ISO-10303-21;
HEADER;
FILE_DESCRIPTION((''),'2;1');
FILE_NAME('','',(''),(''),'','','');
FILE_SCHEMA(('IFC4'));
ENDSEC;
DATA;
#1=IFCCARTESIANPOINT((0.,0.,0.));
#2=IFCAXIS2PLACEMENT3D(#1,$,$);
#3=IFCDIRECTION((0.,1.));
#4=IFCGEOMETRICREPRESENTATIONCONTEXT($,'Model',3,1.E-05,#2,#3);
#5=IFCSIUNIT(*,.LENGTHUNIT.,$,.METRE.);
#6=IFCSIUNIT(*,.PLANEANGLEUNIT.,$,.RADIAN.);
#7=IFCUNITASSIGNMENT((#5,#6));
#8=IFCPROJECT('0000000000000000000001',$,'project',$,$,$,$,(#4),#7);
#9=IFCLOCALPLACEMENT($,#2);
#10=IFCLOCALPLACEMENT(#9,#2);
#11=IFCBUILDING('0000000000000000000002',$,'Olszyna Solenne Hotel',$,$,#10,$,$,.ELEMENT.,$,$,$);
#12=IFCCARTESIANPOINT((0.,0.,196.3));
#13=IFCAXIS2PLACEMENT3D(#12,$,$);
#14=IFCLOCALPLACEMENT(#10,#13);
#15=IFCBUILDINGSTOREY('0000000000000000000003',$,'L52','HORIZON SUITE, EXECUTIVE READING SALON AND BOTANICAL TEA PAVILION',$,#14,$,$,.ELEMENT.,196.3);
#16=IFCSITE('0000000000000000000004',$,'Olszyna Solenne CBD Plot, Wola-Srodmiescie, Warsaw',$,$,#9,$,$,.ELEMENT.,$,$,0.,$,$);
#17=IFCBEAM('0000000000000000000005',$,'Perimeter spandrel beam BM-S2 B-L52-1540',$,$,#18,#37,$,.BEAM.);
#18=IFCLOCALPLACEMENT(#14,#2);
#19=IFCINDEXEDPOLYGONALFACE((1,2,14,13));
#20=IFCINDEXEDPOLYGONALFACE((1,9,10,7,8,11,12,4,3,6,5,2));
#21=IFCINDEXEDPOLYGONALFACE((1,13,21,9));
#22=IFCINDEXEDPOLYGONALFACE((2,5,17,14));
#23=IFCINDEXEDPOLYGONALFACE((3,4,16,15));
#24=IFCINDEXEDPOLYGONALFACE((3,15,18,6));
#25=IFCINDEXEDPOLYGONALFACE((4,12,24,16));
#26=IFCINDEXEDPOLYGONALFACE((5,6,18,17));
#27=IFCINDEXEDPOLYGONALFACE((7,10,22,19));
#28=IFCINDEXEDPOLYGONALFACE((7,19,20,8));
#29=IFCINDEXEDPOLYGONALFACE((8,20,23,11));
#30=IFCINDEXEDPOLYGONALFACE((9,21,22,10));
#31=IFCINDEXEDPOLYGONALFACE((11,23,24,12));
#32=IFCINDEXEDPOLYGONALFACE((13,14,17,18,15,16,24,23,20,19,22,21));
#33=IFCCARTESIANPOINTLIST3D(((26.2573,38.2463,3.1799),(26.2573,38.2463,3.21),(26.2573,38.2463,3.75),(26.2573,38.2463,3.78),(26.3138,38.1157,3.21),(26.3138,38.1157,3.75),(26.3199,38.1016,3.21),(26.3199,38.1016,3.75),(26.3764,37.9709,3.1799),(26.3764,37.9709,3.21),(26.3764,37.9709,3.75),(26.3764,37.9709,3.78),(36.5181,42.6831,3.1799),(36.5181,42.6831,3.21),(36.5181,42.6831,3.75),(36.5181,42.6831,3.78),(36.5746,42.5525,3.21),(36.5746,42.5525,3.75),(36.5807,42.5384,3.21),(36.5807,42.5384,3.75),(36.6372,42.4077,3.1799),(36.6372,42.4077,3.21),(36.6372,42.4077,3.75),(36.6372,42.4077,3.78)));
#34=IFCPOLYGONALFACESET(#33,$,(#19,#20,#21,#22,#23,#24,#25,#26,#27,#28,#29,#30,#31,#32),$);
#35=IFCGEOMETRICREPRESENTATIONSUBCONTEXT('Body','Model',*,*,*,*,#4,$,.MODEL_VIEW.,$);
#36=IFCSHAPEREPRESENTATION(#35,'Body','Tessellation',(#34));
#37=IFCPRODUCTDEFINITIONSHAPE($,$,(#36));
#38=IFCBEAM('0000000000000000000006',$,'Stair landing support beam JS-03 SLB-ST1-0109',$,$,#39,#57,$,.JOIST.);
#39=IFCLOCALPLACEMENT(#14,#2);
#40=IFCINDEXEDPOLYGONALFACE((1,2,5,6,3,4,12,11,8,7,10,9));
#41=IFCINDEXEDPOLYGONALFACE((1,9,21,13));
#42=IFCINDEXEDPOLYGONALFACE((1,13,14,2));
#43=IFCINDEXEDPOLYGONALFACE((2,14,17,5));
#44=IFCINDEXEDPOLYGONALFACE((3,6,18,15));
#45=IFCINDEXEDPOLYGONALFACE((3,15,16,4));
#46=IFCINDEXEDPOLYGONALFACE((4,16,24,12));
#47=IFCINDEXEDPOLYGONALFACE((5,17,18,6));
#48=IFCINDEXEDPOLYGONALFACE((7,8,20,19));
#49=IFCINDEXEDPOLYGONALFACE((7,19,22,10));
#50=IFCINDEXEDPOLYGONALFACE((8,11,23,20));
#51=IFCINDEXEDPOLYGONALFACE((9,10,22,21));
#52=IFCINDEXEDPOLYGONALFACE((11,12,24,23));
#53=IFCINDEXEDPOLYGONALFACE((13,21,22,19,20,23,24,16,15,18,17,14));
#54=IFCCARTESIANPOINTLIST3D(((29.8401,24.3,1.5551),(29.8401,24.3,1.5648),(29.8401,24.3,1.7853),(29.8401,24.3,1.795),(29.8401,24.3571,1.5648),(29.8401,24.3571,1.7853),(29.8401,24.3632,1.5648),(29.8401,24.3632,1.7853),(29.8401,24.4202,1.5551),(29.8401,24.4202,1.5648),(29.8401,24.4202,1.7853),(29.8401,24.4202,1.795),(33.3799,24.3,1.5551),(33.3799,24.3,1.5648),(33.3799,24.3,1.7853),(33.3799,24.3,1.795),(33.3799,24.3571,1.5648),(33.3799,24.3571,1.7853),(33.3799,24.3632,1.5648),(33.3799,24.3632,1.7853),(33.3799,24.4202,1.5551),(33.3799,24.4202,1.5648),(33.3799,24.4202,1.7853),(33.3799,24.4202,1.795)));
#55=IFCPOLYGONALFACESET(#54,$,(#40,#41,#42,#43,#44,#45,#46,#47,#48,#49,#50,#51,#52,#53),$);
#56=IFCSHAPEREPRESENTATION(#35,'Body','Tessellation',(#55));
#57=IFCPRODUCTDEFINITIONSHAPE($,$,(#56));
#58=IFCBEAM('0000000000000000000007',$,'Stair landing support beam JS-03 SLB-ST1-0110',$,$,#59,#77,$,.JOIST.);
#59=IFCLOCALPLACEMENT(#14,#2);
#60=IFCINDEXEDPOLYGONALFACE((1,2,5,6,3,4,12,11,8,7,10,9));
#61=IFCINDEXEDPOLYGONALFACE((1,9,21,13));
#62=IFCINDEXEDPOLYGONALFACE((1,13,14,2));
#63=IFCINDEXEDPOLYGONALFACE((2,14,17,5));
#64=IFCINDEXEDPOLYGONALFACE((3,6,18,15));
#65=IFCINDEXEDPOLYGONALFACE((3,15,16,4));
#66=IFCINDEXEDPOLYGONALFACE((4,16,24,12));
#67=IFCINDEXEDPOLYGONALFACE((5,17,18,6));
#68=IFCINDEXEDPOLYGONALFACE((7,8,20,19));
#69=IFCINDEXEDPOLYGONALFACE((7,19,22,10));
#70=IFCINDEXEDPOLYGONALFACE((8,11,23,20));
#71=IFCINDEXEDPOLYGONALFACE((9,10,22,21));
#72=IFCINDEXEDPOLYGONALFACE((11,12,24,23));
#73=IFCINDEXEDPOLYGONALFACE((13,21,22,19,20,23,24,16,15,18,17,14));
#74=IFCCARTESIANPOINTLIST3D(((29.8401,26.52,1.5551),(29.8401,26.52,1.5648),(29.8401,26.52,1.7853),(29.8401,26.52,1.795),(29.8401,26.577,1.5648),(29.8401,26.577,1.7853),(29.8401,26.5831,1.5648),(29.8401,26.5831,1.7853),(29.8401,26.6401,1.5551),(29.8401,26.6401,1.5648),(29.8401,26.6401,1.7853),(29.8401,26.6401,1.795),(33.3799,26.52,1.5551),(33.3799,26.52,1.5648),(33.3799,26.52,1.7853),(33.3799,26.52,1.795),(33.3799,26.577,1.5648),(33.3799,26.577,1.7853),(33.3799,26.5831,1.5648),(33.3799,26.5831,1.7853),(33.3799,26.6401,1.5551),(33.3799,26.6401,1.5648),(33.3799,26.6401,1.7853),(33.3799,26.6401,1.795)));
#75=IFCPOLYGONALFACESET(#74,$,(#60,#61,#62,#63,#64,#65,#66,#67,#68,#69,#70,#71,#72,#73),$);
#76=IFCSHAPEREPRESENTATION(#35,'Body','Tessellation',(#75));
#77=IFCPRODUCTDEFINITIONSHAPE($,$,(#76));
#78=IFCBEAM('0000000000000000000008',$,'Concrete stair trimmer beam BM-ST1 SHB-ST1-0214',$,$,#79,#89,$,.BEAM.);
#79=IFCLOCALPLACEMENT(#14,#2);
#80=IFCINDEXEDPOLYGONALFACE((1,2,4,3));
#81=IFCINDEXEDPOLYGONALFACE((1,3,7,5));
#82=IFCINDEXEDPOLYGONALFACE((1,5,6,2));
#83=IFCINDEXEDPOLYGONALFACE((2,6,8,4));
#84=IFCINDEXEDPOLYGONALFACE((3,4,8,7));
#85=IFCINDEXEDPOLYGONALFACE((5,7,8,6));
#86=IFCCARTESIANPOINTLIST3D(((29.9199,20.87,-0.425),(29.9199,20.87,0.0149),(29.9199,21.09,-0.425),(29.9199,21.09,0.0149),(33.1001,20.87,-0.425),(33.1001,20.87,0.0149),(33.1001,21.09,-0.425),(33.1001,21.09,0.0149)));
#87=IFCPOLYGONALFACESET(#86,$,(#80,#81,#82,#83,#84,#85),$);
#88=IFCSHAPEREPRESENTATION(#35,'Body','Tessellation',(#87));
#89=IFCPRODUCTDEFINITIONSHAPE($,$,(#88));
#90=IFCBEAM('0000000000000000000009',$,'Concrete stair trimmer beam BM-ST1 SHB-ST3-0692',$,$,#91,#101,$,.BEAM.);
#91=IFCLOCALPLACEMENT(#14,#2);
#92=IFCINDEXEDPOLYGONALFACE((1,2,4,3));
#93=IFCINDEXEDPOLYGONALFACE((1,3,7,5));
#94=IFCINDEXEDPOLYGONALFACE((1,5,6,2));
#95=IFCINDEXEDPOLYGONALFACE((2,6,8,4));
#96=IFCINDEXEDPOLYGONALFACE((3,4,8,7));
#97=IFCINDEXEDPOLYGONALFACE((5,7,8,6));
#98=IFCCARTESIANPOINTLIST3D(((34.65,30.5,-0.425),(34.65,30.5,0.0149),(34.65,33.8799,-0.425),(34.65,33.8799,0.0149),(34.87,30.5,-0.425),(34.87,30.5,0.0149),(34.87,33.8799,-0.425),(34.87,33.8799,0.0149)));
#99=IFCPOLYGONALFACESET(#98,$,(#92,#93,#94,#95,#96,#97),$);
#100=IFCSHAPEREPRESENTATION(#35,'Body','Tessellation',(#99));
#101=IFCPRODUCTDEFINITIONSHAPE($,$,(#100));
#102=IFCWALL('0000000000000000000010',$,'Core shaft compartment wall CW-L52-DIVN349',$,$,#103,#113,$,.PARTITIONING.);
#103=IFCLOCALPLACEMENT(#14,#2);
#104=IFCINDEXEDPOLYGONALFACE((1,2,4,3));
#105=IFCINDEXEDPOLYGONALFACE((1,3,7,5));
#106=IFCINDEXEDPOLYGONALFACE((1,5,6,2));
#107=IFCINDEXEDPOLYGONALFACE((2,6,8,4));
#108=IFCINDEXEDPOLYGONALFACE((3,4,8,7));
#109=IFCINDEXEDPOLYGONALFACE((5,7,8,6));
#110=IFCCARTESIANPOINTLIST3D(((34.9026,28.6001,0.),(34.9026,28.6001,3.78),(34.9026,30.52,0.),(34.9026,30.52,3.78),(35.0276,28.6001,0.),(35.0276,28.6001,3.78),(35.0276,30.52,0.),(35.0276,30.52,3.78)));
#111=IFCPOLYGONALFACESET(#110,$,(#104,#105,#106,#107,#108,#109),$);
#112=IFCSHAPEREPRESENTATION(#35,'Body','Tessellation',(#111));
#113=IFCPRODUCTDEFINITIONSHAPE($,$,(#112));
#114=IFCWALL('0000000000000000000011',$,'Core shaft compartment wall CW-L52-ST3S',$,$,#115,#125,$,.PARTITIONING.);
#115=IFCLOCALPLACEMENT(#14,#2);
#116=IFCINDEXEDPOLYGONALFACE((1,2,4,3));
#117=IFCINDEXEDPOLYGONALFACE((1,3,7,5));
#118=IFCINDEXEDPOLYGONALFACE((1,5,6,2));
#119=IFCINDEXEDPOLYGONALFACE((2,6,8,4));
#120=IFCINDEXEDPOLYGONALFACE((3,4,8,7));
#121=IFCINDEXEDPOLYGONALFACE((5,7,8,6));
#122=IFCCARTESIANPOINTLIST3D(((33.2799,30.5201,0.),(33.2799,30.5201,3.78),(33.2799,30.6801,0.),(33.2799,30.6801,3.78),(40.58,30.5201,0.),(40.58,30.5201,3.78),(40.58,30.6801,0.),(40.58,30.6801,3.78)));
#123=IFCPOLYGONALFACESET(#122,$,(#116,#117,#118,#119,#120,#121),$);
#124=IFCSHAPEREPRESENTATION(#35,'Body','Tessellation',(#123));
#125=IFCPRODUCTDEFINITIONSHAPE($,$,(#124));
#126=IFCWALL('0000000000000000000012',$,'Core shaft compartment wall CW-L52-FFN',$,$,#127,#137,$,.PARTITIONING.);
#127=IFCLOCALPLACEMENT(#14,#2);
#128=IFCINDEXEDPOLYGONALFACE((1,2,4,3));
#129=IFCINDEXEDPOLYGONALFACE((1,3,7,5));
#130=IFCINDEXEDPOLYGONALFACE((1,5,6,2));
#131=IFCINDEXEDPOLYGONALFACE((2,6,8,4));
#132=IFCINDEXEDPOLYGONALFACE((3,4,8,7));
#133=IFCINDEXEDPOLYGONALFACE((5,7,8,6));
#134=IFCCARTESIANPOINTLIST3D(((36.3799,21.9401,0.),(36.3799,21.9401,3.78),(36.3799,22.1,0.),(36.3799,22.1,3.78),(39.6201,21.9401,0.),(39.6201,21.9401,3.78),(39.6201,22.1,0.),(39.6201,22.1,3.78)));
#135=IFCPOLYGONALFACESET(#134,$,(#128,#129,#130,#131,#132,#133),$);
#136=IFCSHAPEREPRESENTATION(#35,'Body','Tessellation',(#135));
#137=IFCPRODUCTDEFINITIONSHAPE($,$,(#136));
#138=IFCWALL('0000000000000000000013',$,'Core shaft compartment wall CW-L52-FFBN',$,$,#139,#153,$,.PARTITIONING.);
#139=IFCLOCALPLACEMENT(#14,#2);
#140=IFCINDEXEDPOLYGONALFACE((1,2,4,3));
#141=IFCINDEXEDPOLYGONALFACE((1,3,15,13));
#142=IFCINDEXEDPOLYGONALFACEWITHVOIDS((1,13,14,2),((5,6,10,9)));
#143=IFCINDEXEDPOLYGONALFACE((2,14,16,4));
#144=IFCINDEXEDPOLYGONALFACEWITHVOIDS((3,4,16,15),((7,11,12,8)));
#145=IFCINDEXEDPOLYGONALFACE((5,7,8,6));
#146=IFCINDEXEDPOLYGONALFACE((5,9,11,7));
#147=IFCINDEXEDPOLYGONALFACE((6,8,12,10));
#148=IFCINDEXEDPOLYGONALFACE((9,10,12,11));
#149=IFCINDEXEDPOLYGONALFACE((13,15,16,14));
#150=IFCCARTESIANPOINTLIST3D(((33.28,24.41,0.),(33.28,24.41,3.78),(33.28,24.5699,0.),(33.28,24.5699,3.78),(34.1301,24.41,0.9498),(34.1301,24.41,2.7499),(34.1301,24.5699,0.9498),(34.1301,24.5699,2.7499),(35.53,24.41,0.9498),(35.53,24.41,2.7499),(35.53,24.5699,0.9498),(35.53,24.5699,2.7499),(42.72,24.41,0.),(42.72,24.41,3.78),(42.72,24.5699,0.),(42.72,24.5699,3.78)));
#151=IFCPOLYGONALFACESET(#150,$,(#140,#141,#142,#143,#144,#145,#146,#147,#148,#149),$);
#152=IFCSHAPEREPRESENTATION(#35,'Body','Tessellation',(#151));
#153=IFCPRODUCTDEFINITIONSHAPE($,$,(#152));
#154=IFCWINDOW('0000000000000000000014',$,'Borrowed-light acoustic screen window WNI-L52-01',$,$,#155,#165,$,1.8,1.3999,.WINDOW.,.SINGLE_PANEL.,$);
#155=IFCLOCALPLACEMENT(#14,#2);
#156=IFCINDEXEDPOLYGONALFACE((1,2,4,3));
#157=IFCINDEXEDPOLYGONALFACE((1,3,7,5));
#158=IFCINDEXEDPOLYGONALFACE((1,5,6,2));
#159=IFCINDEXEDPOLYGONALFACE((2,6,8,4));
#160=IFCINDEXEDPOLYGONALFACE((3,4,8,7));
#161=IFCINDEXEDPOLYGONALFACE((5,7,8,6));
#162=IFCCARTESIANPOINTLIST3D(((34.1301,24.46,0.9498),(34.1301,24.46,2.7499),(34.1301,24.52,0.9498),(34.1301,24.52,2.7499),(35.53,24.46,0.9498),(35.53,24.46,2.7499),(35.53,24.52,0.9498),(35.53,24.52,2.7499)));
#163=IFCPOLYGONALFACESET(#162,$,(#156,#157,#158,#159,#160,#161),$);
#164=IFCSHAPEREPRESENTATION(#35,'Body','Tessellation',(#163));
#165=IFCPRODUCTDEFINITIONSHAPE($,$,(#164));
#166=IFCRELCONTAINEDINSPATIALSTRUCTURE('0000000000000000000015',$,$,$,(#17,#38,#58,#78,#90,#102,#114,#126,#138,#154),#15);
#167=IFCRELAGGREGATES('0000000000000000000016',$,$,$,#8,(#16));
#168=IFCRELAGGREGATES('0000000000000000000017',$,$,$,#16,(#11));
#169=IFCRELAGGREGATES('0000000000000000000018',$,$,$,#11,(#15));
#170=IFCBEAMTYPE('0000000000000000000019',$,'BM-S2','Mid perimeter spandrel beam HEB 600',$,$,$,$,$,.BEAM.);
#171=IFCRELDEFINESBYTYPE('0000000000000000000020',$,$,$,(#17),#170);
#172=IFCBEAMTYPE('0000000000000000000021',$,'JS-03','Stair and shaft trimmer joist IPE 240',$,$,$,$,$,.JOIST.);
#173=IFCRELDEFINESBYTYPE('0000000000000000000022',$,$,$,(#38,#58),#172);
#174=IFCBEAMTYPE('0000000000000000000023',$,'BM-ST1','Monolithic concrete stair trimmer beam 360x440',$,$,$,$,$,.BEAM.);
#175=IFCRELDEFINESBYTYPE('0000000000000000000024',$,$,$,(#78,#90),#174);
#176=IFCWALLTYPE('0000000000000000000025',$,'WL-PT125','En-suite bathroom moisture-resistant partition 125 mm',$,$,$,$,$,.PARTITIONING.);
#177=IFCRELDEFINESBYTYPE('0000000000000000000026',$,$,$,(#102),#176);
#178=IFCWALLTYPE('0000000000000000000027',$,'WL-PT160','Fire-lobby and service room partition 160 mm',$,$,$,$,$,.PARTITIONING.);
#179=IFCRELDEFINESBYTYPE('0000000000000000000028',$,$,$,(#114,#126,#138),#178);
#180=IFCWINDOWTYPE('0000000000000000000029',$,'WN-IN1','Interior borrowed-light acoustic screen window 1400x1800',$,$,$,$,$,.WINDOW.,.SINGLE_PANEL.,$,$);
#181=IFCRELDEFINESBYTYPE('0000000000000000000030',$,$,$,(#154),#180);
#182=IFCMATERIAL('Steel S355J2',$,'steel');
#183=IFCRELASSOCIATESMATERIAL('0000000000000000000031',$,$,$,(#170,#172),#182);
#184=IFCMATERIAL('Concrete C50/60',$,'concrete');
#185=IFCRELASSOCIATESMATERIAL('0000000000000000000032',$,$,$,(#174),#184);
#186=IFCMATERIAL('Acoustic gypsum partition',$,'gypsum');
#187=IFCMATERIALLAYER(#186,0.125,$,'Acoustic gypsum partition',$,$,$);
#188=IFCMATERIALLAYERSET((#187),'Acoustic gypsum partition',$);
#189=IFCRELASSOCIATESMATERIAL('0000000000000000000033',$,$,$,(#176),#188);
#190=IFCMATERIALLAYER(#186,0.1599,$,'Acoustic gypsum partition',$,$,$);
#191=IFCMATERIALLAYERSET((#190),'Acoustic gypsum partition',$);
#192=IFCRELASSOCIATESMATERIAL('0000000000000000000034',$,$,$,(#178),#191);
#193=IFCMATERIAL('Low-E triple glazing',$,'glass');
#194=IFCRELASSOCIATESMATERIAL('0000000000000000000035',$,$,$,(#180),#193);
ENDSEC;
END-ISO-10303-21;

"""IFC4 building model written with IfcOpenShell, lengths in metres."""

from ifc_helpers import new_model, si_unit, direction, frame, frame_2d, origin, origin_2d, place, context, subcontext, project, spatial, rectangle, i_section, extrude, source, transform, mapped, material, layer, layer_set, material_profile, profile_set, type_object, type_shapes, element, fill, save


model = new_model("IFC4")

# Units and contexts
model_context = context("Model", 3, precision=1e-05, world=origin(), true_north=direction((0.0, 1.0)))
body_context = subcontext(model_context, "Body", "Model", "MODEL_VIEW")
ifc_project = project(units=[si_unit("LENGTHUNIT", "METRE"), si_unit("PLANEANGLEUNIT", "RADIAN")], contexts=[model_context])

# Site, building, storey
site_placement = place(None, origin())
site = spatial("IfcSite", under=ifc_project, at=site_placement, Name="Olszyna Solenne CBD Plot, Wola-Srodmiescie, Warsaw", CompositionType="ELEMENT", RefElevation=0.0)
building_placement = place(site_placement, origin())
building = spatial("IfcBuilding", under=site, at=building_placement, Name="Olszyna Solenne Hotel", CompositionType="ELEMENT")
storey_placement = place(building_placement, frame((0.0, 0.0, 196.3)))
storey = spatial("IfcBuildingStorey", under=building, at=storey_placement, Name="L52", Description="HORIZON SUITE, EXECUTIVE READING SALON AND BOTANICAL TEA PAVILION", CompositionType="ELEMENT", Elevation=196.3)

# Beams
ifc_material_1 = material(Name="Steel S355J2", Category="steel")
ifc_material_profile_1 = material_profile(ifc_material_1, i_section(OverallWidth=0.3, OverallDepth=0.6001, WebThickness=0.0154, FlangeThickness=0.03, at=origin_2d()), Name="HEB 600", Category="load-bearing")
ifc_profile_set_1 = profile_set([ifc_material_profile_1], Name="Steel S355J2")
beam_type_1 = type_object("IfcBeamType", Name="BM-S2", Description="Mid perimeter spandrel beam HEB 600", PredefinedType="BEAM", material=ifc_profile_set_1)
shared_shape_1 = source(origin(), body_context, "Body", "SweptSolid", [
    extrude(i_section(OverallWidth=0.3, OverallDepth=0.6001, WebThickness=0.0154, FlangeThickness=0.03, at=origin_2d()), origin(), (0.0, 0.0, 1.0), 11.179),
])
beam_1_placement = place(storey_placement, frame((36.5776, 42.5454, 3.48), z_axis=(-0.917867, -0.396888, 0.0), x_axis=(0.396888, -0.917867, 0.0)))
element("IfcBeam", 1, at=beam_1_placement, inside=storey, type_object=beam_type_1, Name="Perimeter spandrel beam BM-S2 B-L52-1540", PredefinedType="BEAM", context=body_context, shape_type="MappedRepresentation", body=[
    mapped(shared_shape_1, transform((0.0, 0.0, 0.0), x_axis=(1.0, 0.0, 0.0), y_axis=(0.0, 1.0, 0.0), z_axis=(0.0, 0.0, 1.0), scale=1.0)),
])
ifc_material_profile_2 = material_profile(ifc_material_1, i_section(OverallWidth=0.1201, OverallDepth=0.24, WebThickness=0.0061, FlangeThickness=0.0098, at=origin_2d()), Name="IPE 240", Category="load-bearing")
ifc_profile_set_2 = profile_set([ifc_material_profile_2], Name="Steel S355J2")
beam_type_2 = type_object("IfcBeamType", Name="JS-03", Description="Stair and shaft trimmer joist IPE 240", PredefinedType="JOIST", material=ifc_profile_set_2)
shared_shape_2 = source(origin(), body_context, "Body", "SweptSolid", [
    extrude(i_section(OverallWidth=0.1201, OverallDepth=0.24, WebThickness=0.0061, FlangeThickness=0.0098, at=origin_2d()), origin(), (0.0, 0.0, 1.0), 3.5398),
])
for number, where, z_axis, x_axis, name in (
    (2, (33.3799, 24.3601, 1.675), (-1.0, 0.0, 0.0), (0.0, -1.0, 0.0), "Stair landing support beam JS-03 SLB-ST1-0109"),
    (3, (33.3799, 26.5801, 1.675), (-1.0, 0.0, 0.0), (0.0, -1.0, 0.0), "Stair landing support beam JS-03 SLB-ST1-0110"),
):
    element("IfcBeam", number, at=place(storey_placement, frame(where, z_axis=z_axis, x_axis=x_axis)), inside=storey, type_object=beam_type_2, Name=name, PredefinedType="JOIST", context=body_context, shape_type="MappedRepresentation", body=[
        mapped(shared_shape_2, transform((0.0, 0.0, 0.0), x_axis=(1.0, 0.0, 0.0), y_axis=(0.0, 1.0, 0.0), z_axis=(0.0, 0.0, 1.0), scale=1.0)),
    ])
ifc_material_2 = material(Name="Concrete C50/60", Category="concrete")
ifc_material_profile_3 = material_profile(ifc_material_2, rectangle(XDim=0.22, YDim=0.4399, at=origin_2d()), Name="RC 220x440", Category="load-bearing")
ifc_profile_set_3 = profile_set([ifc_material_profile_3], Name="Concrete C50/60")
beam_type_3 = type_object("IfcBeamType", Name="BM-ST1", Description="Monolithic concrete stair trimmer beam 360x440", PredefinedType="BEAM", material=ifc_profile_set_3)
shared_shape_3 = source(origin(), body_context, "Body", "SweptSolid", [
    extrude(rectangle(XDim=0.22, YDim=0.4399, at=origin_2d()), origin(), (0.0, 0.0, 1.0), 3.1802),
])
beam_2_placement = place(storey_placement, frame((33.1001, 20.98, -0.2051), z_axis=(-1.0, 0.0, 0.0), x_axis=(0.0, -1.0, 0.0)))
element("IfcBeam", 4, at=beam_2_placement, inside=storey, type_object=beam_type_3, Name="Concrete stair trimmer beam BM-ST1 SHB-ST1-0214", PredefinedType="BEAM", context=body_context, shape_type="MappedRepresentation", body=[
    mapped(shared_shape_3, transform((0.0, 0.0, 0.0), x_axis=(1.0, 0.0, 0.0), y_axis=(0.0, 1.0, 0.0), z_axis=(0.0, 0.0, 1.0), scale=1.0)),
])
shared_shape_4 = source(origin(), body_context, "Body", "SweptSolid", [
    extrude(rectangle(XDim=0.22, YDim=0.4399, at=origin_2d()), origin(), (0.0, 0.0, 1.0), 3.3799),
])
beam_3_placement = place(storey_placement, frame((34.76, 30.5, -0.2051), z_axis=(0.0, 1.0, 0.0), x_axis=(-1.0, 0.0, 0.0)))
element("IfcBeam", 5, at=beam_3_placement, inside=storey, type_object=beam_type_3, Name="Concrete stair trimmer beam BM-ST1 SHB-ST3-0692", PredefinedType="BEAM", context=body_context, shape_type="MappedRepresentation", body=[
    mapped(shared_shape_4, transform((0.0, 0.0, 0.0), x_axis=(1.0, 0.0, 0.0), y_axis=(0.0, 1.0, 0.0), z_axis=(0.0, 0.0, 1.0), scale=1.0)),
])

# Walls
ifc_material_3 = material(Name="Acoustic gypsum partition", Category="gypsum")
ifc_layer_1 = layer(ifc_material_3, 0.125, Name="Acoustic gypsum partition")
ifc_layer_set_1 = layer_set([ifc_layer_1], Name="Acoustic gypsum partition")
wall_type_1 = type_object("IfcWallType", Name="WL-PT125", Description="En-suite bathroom moisture-resistant partition 125 mm", PredefinedType="PARTITIONING", material=ifc_layer_set_1)
wall_1_placement = place(storey_placement, frame((34.9651, 28.6001, 0.0), z_axis=(0.0, 0.0, 1.0), x_axis=(0.0, 1.0, 0.0)))
element("IfcWall", 6, at=wall_1_placement, inside=storey, type_object=wall_type_1, Name="Core shaft compartment wall CW-L52-DIVN349", PredefinedType="PARTITIONING", context=body_context, shape_type="SweptSolid", body=[
    extrude(rectangle(XDim=1.9199, YDim=0.125, at=frame_2d((0.96, 0.0))), origin(), (0.0, 0.0, 1.0), 3.78),
])
ifc_layer_2 = layer(ifc_material_3, 0.1599, Name="Acoustic gypsum partition")
ifc_layer_set_2 = layer_set([ifc_layer_2], Name="Acoustic gypsum partition")
wall_type_2 = type_object("IfcWallType", Name="WL-PT160", Description="Fire-lobby and service room partition 160 mm", PredefinedType="PARTITIONING", material=ifc_layer_set_2)
wall_2_placement = place(storey_placement, frame((33.28, 30.6001, 0.0), z_axis=(0.0, 0.0, 1.0), x_axis=(1.0, 0.0, 0.0)))
element("IfcWall", 7, at=wall_2_placement, inside=storey, type_object=wall_type_2, Name="Core shaft compartment wall CW-L52-ST3S", PredefinedType="PARTITIONING", context=body_context, shape_type="SweptSolid", body=[
    extrude(rectangle(XDim=7.3, YDim=0.1599, at=frame_2d((3.6499, 0.0))), origin(), (0.0, 0.0, 1.0), 3.78),
])
wall_3_placement = place(storey_placement, frame((36.3799, 22.02, 0.0), z_axis=(0.0, 0.0, 1.0), x_axis=(1.0, 0.0, 0.0)))
element("IfcWall", 8, at=wall_3_placement, inside=storey, type_object=wall_type_2, Name="Core shaft compartment wall CW-L52-FFN", PredefinedType="PARTITIONING", context=body_context, shape_type="SweptSolid", body=[
    extrude(rectangle(XDim=3.2402, YDim=0.1599, at=frame_2d((1.6201, 0.0))), origin(), (0.0, 0.0, 1.0), 3.78),
])

# Wall, opening, window
wall_4_placement = place(storey_placement, frame((33.28, 24.49, 0.0), z_axis=(0.0, 0.0, 1.0), x_axis=(1.0, 0.0, 0.0)))
wall_4 = element("IfcWall", 9, at=wall_4_placement, inside=storey, type_object=wall_type_2, Name="Core shaft compartment wall CW-L52-FFBN", PredefinedType="PARTITIONING", context=body_context, shape_type="SweptSolid", body=[
    extrude(rectangle(XDim=9.4399, YDim=0.1599, at=frame_2d((4.72, 0.0))), origin(), (0.0, 0.0, 1.0), 3.78),
])
opening_1_placement = place(wall_4_placement, frame((0.8501, 0.0, 0.95)))
opening_1 = element("IfcOpeningElement", 10, at=opening_1_placement, cuts=wall_4, PredefinedType="OPENING", context=body_context, shape_type="SweptSolid", body=[
    extrude(rectangle(XDim=1.3999, YDim=1.8, at=frame_2d((0.7, 0.8999))), frame((0.0, 0.0898, 0.0), z_axis=(0.0, -1.0, 0.0), x_axis=(1.0, 0.0, 0.0)), (0.0, 0.0, 1.0), 0.1799),
])
ifc_material_4 = material(Name="Low-E triple glazing", Category="glass")
window_type = type_object("IfcWindowType", Name="WN-IN1", Description="Interior borrowed-light acoustic screen window 1400x1800", PartitioningType="SINGLE_PANEL", PredefinedType="WINDOW", material=ifc_material_4)
shared_shape_5 = source(origin(), body_context, "Body", "SweptSolid", [
    extrude(rectangle(XDim=1.3999, YDim=1.8, at=frame_2d((0.7, 0.8999))), frame((0.0, 0.03, 0.0), z_axis=(0.0, -1.0, 0.0), x_axis=(1.0, 0.0, 0.0)), (0.0, 0.0, 1.0), 0.0601),
])
type_shapes(window_type, [shared_shape_5])
window_placement = place(opening_1_placement, origin())
window = element("IfcWindow", 11, at=window_placement, inside=storey, type_object=window_type, Name="Borrowed-light acoustic screen window WNI-L52-01", OverallHeight=1.8, OverallWidth=1.3999, PartitioningType="SINGLE_PANEL", PredefinedType="WINDOW", context=body_context, shape_type="MappedRepresentation", body=[
    mapped(shared_shape_5, transform((0.0, 0.0, 0.0), x_axis=(1.0, 0.0, 0.0), y_axis=(0.0, 1.0, 0.0), z_axis=(0.0, 0.0, 1.0), scale=1.0)),
])
fill(opening_1, window)

save(model, "model.ifc")
